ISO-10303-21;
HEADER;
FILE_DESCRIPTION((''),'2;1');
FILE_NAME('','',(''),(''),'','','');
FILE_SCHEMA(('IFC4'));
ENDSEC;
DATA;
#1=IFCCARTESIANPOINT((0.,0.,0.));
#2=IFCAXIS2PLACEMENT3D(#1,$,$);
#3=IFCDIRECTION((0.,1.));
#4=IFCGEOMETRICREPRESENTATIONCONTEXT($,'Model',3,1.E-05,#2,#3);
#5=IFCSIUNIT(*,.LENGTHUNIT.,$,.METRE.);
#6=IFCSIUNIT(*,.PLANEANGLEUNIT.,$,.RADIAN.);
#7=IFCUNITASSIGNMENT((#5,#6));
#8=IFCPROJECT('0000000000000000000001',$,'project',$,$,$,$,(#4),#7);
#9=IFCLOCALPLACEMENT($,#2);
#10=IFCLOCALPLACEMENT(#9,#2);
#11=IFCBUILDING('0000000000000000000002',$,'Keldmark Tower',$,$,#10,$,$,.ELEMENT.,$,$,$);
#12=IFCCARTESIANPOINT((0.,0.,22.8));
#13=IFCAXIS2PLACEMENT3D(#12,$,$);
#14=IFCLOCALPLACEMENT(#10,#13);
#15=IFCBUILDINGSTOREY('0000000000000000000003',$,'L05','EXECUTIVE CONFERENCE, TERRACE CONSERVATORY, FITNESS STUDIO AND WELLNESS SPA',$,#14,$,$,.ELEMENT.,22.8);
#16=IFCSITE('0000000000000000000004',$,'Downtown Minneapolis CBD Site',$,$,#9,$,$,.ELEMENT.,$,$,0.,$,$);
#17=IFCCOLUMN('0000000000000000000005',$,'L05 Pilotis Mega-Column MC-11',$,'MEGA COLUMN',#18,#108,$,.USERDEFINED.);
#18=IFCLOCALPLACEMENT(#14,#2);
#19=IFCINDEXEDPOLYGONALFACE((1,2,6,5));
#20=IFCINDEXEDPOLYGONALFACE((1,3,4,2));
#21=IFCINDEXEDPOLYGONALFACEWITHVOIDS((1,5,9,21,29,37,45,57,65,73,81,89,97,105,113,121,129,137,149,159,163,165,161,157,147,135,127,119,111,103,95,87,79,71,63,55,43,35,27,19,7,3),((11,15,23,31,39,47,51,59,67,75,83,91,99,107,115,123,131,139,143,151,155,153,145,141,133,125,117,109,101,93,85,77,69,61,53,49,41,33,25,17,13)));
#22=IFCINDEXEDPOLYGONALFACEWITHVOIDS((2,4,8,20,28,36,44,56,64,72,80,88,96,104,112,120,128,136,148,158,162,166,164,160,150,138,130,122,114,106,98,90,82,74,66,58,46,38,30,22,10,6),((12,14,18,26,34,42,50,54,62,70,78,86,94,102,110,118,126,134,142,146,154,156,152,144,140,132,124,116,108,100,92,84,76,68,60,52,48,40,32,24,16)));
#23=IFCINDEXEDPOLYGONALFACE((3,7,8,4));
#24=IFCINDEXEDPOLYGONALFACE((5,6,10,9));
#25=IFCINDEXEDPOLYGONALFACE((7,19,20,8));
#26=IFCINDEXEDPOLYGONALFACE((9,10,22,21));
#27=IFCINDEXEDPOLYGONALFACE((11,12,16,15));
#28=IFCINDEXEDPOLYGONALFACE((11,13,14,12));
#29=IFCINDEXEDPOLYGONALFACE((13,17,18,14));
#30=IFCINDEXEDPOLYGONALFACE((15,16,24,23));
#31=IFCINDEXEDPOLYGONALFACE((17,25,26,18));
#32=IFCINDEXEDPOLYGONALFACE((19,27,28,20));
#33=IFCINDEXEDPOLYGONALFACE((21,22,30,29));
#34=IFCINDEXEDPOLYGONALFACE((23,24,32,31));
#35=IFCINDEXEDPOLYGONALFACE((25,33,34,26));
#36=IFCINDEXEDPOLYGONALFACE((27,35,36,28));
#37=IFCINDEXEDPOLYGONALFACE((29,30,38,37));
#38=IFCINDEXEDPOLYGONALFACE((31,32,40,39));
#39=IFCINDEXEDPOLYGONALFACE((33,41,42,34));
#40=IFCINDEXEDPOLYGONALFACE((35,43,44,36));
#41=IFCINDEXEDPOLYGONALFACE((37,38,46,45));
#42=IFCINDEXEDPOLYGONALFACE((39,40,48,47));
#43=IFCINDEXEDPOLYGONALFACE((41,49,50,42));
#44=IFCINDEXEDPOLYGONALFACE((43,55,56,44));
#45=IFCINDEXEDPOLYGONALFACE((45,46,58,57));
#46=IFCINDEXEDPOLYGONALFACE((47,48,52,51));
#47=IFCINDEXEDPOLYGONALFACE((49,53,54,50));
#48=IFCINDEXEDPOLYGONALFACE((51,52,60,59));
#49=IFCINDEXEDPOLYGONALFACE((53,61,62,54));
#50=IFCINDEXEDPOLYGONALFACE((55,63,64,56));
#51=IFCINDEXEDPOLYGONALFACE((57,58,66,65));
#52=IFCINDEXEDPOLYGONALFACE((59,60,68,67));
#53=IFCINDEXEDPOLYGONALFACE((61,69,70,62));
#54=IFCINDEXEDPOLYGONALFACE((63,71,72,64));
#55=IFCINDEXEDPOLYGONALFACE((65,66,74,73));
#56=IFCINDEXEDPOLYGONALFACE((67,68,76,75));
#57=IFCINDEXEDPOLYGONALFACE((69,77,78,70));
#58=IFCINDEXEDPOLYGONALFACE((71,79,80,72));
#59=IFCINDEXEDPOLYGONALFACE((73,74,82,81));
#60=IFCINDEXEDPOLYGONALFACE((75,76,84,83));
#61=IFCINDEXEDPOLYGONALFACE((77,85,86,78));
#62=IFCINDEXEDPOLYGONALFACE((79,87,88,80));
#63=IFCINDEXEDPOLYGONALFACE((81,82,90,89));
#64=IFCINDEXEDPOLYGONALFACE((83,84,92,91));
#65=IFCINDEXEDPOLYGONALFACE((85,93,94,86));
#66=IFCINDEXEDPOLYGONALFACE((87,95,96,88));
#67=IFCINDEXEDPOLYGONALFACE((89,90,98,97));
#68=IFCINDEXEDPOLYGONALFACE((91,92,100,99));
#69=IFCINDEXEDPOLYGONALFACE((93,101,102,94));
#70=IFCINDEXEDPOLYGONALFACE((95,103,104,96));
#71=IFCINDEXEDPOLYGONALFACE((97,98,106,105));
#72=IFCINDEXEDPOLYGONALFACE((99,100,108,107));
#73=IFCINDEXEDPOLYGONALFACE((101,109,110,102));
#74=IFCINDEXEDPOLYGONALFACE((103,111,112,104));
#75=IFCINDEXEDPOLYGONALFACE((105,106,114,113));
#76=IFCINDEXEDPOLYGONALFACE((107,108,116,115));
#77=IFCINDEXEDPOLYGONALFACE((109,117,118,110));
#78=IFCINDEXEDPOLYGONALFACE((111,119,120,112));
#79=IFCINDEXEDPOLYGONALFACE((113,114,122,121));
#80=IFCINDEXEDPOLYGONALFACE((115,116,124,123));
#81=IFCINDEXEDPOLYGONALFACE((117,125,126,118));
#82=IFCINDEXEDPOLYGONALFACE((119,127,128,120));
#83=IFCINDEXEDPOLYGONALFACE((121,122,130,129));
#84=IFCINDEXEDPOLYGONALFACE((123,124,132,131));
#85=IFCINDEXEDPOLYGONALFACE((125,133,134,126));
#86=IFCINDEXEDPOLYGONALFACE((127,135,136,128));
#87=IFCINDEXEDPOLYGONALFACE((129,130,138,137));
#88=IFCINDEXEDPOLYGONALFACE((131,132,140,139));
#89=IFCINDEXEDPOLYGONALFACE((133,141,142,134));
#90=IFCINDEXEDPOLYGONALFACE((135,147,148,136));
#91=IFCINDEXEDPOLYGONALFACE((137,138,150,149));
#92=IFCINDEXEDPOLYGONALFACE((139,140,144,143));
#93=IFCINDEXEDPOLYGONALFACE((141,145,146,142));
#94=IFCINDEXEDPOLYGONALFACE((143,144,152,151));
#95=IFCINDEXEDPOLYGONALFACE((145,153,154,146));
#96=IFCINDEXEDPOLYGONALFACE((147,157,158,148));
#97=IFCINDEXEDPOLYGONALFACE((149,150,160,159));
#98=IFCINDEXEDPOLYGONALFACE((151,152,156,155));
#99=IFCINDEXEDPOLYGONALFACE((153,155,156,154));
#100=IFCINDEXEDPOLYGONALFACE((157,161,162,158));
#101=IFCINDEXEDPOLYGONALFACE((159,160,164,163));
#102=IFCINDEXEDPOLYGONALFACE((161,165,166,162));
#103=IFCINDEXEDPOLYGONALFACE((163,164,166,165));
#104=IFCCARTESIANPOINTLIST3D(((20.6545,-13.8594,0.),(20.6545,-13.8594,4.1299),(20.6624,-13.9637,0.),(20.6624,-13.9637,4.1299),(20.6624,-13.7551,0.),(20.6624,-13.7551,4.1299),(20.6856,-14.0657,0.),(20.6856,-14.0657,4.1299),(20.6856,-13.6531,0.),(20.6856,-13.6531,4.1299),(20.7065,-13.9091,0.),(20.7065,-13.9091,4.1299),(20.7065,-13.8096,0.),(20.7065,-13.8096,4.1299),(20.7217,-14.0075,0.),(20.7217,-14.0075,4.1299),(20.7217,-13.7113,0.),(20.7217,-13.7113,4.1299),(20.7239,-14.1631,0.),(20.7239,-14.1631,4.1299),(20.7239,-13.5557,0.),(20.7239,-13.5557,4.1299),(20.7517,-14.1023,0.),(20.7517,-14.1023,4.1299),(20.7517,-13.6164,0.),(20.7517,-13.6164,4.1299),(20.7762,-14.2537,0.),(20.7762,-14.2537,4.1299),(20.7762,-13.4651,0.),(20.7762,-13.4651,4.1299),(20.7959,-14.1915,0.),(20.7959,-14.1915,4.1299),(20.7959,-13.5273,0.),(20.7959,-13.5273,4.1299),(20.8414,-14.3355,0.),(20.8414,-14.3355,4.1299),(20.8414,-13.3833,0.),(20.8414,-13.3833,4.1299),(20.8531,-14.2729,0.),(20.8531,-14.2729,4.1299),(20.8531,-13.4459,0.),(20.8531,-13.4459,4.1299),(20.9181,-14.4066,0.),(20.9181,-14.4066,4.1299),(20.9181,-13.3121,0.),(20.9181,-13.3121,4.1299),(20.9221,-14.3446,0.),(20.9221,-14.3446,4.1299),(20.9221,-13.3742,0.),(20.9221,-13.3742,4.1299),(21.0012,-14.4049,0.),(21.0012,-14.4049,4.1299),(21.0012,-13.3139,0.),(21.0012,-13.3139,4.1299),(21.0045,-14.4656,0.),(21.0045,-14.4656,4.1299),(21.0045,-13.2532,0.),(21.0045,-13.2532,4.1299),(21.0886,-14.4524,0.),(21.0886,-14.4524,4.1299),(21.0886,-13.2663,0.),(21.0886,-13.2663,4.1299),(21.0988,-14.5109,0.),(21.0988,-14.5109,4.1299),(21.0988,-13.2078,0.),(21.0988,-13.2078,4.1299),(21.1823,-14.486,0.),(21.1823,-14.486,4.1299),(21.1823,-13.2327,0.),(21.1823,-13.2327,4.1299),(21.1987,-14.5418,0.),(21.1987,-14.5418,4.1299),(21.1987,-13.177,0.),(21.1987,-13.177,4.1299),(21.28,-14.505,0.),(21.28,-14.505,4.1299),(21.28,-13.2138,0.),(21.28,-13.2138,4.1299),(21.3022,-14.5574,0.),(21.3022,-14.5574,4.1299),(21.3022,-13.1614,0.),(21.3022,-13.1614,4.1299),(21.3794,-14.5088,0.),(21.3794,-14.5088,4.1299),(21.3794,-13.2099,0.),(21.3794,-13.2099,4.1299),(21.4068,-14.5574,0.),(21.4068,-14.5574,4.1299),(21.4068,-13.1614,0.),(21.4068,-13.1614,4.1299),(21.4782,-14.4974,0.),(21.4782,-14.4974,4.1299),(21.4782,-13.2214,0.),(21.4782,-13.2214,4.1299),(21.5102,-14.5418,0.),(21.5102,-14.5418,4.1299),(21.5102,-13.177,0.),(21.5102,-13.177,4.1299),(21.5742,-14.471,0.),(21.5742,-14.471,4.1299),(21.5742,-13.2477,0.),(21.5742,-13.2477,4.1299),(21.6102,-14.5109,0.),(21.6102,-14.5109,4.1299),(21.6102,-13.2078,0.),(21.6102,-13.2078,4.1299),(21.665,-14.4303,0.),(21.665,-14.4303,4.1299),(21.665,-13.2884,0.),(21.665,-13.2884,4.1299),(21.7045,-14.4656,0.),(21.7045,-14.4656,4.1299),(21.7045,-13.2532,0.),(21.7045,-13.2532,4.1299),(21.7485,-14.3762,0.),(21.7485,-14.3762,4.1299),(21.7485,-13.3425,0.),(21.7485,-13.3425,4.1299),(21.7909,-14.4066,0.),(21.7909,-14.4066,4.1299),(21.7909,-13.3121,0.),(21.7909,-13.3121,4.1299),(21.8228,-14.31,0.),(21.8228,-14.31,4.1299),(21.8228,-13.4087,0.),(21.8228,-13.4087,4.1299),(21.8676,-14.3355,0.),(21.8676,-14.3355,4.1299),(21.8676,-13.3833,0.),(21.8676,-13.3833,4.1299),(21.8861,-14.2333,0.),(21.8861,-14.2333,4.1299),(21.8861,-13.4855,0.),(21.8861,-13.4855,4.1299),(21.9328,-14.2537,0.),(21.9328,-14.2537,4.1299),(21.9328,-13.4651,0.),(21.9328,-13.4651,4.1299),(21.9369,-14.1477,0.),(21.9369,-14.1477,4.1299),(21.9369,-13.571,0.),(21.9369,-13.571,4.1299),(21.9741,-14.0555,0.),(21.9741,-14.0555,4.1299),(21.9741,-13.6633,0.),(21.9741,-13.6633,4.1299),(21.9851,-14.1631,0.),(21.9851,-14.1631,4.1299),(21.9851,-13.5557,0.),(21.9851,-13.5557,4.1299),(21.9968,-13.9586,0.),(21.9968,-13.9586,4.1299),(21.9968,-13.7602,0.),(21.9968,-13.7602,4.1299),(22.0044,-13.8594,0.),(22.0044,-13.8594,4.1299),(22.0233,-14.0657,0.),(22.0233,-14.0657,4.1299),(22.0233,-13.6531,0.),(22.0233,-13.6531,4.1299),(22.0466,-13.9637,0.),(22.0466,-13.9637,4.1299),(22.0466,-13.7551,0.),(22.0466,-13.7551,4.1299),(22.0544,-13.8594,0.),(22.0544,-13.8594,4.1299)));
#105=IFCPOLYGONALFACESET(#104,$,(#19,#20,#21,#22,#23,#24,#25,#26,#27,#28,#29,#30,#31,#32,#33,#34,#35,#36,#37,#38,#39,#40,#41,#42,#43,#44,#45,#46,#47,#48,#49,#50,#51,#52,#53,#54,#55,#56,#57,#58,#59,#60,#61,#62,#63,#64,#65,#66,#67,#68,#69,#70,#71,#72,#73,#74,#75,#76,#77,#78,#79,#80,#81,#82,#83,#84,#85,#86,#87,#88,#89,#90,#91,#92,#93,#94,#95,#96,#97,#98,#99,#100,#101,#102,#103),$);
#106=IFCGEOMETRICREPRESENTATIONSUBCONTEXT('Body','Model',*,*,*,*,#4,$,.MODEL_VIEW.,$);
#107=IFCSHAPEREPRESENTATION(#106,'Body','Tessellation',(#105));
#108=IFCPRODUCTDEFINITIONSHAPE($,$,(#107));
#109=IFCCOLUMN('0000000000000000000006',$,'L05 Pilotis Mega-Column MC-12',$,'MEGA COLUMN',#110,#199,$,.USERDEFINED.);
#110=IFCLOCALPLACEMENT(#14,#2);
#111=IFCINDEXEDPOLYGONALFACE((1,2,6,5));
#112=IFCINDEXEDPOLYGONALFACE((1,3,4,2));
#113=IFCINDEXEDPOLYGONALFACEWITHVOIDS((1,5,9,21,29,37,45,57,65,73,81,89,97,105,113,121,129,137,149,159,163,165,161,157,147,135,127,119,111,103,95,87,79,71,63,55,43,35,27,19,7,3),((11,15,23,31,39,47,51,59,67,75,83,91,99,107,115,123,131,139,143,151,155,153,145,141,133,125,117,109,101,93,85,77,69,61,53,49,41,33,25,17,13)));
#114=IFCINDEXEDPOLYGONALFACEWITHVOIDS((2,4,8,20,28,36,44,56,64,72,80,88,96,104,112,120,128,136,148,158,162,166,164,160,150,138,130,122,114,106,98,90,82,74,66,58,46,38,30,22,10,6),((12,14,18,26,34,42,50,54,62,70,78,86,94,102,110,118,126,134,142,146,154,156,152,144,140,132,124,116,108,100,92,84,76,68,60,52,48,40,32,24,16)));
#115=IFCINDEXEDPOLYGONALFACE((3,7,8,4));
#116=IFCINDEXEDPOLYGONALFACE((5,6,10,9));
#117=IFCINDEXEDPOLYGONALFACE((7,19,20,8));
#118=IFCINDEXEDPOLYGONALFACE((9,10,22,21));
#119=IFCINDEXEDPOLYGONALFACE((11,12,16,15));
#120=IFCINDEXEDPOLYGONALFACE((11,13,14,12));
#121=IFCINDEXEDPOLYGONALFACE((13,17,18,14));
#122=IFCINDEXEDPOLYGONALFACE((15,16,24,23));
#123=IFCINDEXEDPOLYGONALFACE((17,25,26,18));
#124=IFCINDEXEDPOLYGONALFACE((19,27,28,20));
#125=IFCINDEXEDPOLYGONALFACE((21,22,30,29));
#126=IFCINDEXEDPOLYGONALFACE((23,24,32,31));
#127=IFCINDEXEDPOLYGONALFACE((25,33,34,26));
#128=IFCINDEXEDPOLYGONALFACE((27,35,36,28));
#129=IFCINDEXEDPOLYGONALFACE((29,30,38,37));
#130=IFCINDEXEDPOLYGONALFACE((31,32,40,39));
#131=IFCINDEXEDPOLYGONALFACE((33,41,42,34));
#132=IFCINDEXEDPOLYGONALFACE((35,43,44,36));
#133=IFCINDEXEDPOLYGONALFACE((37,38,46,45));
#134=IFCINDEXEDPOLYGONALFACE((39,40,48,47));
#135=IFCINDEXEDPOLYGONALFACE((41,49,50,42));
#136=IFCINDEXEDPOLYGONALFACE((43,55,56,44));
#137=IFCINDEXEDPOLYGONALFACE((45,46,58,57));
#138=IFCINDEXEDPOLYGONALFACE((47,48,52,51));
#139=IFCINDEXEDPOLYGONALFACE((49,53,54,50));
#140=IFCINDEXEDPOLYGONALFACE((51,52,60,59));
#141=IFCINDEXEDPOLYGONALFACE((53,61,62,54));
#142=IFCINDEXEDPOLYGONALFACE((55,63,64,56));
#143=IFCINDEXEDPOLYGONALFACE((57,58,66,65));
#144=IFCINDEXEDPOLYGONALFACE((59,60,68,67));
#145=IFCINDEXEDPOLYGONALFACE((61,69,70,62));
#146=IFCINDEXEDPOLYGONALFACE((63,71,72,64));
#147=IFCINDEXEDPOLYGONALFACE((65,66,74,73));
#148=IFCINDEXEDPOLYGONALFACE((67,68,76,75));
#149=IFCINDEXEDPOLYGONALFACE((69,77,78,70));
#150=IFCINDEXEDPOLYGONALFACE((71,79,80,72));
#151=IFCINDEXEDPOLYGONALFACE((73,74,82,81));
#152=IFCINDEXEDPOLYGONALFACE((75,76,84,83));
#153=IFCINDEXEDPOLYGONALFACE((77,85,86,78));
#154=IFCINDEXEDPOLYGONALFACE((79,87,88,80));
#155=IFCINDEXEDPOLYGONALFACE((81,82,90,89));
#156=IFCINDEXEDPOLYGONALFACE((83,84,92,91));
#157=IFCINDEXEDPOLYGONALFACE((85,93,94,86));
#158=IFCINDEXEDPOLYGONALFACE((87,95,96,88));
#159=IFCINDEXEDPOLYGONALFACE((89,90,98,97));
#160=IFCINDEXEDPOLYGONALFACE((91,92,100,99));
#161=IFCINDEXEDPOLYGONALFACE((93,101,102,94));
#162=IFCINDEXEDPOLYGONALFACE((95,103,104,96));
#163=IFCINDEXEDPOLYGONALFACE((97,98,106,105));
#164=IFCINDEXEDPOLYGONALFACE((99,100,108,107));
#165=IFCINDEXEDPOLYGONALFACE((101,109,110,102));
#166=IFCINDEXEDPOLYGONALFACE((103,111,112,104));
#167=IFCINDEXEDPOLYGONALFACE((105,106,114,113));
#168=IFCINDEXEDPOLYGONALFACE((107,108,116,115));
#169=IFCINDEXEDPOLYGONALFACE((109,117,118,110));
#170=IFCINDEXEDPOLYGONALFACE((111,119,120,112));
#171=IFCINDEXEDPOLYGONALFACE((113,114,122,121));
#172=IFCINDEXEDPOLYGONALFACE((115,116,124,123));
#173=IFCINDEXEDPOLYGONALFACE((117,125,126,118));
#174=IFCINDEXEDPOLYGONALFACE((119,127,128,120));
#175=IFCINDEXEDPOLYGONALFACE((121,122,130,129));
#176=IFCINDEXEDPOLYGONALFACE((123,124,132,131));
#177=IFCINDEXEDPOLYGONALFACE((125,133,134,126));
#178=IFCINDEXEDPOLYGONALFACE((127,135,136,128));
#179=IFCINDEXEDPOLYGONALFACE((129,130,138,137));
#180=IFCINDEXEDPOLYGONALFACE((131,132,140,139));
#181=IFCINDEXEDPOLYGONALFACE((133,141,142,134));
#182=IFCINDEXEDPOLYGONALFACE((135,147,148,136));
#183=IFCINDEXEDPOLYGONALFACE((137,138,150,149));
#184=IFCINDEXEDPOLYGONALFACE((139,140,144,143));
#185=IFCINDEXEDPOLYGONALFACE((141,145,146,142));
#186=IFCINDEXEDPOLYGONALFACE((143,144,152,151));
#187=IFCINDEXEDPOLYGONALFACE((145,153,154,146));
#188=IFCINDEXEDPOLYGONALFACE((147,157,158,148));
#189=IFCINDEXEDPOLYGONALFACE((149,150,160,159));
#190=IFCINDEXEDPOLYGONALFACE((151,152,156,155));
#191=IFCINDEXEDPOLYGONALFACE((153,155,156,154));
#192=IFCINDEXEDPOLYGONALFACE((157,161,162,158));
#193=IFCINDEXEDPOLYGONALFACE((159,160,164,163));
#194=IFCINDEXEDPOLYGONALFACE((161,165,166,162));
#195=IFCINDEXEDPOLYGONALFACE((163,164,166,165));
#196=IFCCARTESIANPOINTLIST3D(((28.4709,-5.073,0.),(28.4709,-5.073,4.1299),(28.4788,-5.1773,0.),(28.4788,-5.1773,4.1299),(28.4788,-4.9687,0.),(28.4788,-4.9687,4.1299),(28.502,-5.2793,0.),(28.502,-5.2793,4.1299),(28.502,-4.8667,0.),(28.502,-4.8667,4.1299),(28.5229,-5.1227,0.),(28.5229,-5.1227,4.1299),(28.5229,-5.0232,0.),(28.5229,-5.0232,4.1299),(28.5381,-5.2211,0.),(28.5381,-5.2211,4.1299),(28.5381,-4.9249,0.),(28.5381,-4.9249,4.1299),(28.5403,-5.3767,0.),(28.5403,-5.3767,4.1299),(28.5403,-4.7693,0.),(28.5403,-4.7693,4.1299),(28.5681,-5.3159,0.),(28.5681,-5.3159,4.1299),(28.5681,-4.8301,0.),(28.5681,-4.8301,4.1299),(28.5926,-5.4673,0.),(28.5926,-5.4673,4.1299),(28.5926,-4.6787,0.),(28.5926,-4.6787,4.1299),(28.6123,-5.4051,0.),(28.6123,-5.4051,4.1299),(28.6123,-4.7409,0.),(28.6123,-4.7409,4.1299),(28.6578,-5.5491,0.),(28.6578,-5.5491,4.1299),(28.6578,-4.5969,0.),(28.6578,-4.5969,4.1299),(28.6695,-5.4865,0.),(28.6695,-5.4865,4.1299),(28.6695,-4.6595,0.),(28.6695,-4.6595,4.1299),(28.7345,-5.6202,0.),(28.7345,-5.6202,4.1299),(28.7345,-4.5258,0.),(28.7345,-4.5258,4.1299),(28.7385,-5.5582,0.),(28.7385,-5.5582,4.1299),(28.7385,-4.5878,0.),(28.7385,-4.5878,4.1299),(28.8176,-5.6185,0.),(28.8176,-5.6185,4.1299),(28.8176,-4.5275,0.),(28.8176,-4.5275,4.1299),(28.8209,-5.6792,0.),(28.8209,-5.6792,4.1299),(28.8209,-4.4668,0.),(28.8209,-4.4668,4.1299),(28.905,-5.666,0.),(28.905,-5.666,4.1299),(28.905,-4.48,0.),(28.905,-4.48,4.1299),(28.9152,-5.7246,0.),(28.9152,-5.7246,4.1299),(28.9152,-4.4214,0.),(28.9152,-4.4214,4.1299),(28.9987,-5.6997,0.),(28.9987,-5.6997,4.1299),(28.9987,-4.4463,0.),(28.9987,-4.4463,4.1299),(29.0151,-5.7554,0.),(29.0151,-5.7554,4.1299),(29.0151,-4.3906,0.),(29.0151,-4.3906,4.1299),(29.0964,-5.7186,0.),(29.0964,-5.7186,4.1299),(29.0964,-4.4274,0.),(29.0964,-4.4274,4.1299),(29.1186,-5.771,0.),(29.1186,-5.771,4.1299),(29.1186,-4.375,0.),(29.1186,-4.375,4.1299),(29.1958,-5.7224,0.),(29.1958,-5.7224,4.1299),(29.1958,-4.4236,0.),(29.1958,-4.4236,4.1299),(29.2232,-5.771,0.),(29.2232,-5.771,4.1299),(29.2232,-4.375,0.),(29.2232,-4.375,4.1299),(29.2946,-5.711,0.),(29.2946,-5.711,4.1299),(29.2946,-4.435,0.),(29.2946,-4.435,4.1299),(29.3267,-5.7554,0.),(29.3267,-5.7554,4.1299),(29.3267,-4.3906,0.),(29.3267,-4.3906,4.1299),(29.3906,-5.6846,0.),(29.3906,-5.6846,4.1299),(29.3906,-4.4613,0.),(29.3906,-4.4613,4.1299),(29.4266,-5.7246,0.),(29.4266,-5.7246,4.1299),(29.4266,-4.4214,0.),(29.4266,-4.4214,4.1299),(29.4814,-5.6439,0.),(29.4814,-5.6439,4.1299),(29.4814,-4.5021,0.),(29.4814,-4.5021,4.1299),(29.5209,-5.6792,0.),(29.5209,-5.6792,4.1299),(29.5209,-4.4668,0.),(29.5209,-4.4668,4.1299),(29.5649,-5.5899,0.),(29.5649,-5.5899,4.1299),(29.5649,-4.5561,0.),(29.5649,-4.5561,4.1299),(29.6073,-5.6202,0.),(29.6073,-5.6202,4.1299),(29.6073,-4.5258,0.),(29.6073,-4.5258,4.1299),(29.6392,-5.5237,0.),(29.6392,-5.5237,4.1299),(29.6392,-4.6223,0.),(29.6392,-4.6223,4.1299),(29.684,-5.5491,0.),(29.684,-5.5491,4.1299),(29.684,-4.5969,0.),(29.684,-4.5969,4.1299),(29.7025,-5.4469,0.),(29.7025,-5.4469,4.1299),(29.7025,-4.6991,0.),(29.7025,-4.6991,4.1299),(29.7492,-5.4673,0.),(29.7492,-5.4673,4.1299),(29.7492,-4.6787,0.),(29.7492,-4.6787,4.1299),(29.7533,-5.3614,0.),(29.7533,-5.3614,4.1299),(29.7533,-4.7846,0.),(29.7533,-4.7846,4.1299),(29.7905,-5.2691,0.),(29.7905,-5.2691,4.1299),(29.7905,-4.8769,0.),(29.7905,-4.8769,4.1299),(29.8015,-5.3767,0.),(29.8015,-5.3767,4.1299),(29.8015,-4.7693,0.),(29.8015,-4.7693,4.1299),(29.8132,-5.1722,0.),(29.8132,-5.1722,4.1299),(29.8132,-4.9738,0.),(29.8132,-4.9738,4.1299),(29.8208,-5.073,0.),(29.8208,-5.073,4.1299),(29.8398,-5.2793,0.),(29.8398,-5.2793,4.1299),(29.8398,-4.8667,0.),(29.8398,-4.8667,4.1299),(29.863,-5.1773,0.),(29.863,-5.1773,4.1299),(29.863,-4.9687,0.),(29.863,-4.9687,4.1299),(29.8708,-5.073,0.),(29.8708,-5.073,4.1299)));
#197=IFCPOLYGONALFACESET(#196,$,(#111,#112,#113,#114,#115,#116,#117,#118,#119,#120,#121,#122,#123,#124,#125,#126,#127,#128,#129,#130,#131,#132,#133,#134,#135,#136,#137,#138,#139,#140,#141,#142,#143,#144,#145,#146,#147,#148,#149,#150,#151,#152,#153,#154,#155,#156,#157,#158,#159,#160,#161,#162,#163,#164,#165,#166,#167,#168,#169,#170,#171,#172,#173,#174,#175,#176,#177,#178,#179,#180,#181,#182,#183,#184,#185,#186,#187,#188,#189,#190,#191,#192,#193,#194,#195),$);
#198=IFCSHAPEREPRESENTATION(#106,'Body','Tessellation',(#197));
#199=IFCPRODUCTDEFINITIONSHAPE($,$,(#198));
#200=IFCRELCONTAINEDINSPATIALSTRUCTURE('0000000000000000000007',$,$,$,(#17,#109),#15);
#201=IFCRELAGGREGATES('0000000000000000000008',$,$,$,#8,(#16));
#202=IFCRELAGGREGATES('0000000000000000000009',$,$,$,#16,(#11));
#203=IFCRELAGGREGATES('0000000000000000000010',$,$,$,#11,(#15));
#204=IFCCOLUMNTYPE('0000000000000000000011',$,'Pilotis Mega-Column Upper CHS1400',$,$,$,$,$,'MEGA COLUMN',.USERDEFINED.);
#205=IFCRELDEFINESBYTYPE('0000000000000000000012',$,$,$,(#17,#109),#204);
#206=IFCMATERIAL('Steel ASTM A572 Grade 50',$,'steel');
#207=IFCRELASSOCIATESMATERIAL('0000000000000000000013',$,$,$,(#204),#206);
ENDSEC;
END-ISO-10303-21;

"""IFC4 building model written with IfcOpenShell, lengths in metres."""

from ifc_helpers import new_model, si_unit, direction, frame, origin, origin_2d, place, context, subcontext, project, spatial, hollow_circle, extrude, material, material_profile, profile_set, type_object, element, save


model = new_model("IFC4")

# Units and contexts
model_context = context("Model", 3, precision=1e-05, world=origin(), true_north=direction((0.0, 1.0)))
body_context = subcontext(model_context, "Body", "Model", "MODEL_VIEW")
ifc_project = project(units=[si_unit("LENGTHUNIT", "METRE"), si_unit("PLANEANGLEUNIT", "RADIAN")], contexts=[model_context])

# Site, building, storey
site_placement = place(None, origin())
site = spatial("IfcSite", under=ifc_project, at=site_placement, Name="Downtown Minneapolis CBD Site", CompositionType="ELEMENT", RefElevation=0.0)
building_placement = place(site_placement, origin())
building = spatial("IfcBuilding", under=site, at=building_placement, Name="Keldmark Tower", CompositionType="ELEMENT")
storey_placement = place(building_placement, frame((0.0, 0.0, 22.8)))
storey = spatial("IfcBuildingStorey", under=building, at=storey_placement, Name="L05", Description="EXECUTIVE CONFERENCE, TERRACE CONSERVATORY, FITNESS STUDIO AND WELLNESS SPA", CompositionType="ELEMENT", Elevation=22.8)

# Columns
ifc_material_1 = material(Name="Steel ASTM A572 Grade 50", Category="steel")
ifc_material_profile_1 = material_profile(ifc_material_1, hollow_circle(Radius=0.7, WallThickness=0.05, at=origin_2d()), Name="CHS1400X50")
ifc_profile_set_1 = profile_set([ifc_material_profile_1], Name="Steel ASTM A572 Grade 50")
column_type = type_object("IfcColumnType", Name="Pilotis Mega-Column Upper CHS1400", ElementType="MEGA COLUMN", PredefinedType="USERDEFINED", material=ifc_profile_set_1)
for number, where, z_axis, x_axis, name in (
    (1, (21.3545, -13.8594, 0.0), (0.0, 0.0, 1.0), (1.0, 0.0, 0.0), "L05 Pilotis Mega-Column MC-11"),
    (2, (29.1709, -5.073, 0.0), (0.0, 0.0, 1.0), (1.0, 0.0, 0.0), "L05 Pilotis Mega-Column MC-12"),
):
    element("IfcColumn", number, at=place(storey_placement, frame(where, z_axis=z_axis, x_axis=x_axis)), inside=storey, type_object=column_type, Name=name, ObjectType="MEGA COLUMN", PredefinedType="USERDEFINED", context=body_context, shape_type="SweptSolid", body=[
        extrude(hollow_circle(Radius=0.7, WallThickness=0.05, at=origin_2d()), origin(), (0.0, 0.0, 1.0), 4.1299),
    ])

save(model, "model.ifc")
